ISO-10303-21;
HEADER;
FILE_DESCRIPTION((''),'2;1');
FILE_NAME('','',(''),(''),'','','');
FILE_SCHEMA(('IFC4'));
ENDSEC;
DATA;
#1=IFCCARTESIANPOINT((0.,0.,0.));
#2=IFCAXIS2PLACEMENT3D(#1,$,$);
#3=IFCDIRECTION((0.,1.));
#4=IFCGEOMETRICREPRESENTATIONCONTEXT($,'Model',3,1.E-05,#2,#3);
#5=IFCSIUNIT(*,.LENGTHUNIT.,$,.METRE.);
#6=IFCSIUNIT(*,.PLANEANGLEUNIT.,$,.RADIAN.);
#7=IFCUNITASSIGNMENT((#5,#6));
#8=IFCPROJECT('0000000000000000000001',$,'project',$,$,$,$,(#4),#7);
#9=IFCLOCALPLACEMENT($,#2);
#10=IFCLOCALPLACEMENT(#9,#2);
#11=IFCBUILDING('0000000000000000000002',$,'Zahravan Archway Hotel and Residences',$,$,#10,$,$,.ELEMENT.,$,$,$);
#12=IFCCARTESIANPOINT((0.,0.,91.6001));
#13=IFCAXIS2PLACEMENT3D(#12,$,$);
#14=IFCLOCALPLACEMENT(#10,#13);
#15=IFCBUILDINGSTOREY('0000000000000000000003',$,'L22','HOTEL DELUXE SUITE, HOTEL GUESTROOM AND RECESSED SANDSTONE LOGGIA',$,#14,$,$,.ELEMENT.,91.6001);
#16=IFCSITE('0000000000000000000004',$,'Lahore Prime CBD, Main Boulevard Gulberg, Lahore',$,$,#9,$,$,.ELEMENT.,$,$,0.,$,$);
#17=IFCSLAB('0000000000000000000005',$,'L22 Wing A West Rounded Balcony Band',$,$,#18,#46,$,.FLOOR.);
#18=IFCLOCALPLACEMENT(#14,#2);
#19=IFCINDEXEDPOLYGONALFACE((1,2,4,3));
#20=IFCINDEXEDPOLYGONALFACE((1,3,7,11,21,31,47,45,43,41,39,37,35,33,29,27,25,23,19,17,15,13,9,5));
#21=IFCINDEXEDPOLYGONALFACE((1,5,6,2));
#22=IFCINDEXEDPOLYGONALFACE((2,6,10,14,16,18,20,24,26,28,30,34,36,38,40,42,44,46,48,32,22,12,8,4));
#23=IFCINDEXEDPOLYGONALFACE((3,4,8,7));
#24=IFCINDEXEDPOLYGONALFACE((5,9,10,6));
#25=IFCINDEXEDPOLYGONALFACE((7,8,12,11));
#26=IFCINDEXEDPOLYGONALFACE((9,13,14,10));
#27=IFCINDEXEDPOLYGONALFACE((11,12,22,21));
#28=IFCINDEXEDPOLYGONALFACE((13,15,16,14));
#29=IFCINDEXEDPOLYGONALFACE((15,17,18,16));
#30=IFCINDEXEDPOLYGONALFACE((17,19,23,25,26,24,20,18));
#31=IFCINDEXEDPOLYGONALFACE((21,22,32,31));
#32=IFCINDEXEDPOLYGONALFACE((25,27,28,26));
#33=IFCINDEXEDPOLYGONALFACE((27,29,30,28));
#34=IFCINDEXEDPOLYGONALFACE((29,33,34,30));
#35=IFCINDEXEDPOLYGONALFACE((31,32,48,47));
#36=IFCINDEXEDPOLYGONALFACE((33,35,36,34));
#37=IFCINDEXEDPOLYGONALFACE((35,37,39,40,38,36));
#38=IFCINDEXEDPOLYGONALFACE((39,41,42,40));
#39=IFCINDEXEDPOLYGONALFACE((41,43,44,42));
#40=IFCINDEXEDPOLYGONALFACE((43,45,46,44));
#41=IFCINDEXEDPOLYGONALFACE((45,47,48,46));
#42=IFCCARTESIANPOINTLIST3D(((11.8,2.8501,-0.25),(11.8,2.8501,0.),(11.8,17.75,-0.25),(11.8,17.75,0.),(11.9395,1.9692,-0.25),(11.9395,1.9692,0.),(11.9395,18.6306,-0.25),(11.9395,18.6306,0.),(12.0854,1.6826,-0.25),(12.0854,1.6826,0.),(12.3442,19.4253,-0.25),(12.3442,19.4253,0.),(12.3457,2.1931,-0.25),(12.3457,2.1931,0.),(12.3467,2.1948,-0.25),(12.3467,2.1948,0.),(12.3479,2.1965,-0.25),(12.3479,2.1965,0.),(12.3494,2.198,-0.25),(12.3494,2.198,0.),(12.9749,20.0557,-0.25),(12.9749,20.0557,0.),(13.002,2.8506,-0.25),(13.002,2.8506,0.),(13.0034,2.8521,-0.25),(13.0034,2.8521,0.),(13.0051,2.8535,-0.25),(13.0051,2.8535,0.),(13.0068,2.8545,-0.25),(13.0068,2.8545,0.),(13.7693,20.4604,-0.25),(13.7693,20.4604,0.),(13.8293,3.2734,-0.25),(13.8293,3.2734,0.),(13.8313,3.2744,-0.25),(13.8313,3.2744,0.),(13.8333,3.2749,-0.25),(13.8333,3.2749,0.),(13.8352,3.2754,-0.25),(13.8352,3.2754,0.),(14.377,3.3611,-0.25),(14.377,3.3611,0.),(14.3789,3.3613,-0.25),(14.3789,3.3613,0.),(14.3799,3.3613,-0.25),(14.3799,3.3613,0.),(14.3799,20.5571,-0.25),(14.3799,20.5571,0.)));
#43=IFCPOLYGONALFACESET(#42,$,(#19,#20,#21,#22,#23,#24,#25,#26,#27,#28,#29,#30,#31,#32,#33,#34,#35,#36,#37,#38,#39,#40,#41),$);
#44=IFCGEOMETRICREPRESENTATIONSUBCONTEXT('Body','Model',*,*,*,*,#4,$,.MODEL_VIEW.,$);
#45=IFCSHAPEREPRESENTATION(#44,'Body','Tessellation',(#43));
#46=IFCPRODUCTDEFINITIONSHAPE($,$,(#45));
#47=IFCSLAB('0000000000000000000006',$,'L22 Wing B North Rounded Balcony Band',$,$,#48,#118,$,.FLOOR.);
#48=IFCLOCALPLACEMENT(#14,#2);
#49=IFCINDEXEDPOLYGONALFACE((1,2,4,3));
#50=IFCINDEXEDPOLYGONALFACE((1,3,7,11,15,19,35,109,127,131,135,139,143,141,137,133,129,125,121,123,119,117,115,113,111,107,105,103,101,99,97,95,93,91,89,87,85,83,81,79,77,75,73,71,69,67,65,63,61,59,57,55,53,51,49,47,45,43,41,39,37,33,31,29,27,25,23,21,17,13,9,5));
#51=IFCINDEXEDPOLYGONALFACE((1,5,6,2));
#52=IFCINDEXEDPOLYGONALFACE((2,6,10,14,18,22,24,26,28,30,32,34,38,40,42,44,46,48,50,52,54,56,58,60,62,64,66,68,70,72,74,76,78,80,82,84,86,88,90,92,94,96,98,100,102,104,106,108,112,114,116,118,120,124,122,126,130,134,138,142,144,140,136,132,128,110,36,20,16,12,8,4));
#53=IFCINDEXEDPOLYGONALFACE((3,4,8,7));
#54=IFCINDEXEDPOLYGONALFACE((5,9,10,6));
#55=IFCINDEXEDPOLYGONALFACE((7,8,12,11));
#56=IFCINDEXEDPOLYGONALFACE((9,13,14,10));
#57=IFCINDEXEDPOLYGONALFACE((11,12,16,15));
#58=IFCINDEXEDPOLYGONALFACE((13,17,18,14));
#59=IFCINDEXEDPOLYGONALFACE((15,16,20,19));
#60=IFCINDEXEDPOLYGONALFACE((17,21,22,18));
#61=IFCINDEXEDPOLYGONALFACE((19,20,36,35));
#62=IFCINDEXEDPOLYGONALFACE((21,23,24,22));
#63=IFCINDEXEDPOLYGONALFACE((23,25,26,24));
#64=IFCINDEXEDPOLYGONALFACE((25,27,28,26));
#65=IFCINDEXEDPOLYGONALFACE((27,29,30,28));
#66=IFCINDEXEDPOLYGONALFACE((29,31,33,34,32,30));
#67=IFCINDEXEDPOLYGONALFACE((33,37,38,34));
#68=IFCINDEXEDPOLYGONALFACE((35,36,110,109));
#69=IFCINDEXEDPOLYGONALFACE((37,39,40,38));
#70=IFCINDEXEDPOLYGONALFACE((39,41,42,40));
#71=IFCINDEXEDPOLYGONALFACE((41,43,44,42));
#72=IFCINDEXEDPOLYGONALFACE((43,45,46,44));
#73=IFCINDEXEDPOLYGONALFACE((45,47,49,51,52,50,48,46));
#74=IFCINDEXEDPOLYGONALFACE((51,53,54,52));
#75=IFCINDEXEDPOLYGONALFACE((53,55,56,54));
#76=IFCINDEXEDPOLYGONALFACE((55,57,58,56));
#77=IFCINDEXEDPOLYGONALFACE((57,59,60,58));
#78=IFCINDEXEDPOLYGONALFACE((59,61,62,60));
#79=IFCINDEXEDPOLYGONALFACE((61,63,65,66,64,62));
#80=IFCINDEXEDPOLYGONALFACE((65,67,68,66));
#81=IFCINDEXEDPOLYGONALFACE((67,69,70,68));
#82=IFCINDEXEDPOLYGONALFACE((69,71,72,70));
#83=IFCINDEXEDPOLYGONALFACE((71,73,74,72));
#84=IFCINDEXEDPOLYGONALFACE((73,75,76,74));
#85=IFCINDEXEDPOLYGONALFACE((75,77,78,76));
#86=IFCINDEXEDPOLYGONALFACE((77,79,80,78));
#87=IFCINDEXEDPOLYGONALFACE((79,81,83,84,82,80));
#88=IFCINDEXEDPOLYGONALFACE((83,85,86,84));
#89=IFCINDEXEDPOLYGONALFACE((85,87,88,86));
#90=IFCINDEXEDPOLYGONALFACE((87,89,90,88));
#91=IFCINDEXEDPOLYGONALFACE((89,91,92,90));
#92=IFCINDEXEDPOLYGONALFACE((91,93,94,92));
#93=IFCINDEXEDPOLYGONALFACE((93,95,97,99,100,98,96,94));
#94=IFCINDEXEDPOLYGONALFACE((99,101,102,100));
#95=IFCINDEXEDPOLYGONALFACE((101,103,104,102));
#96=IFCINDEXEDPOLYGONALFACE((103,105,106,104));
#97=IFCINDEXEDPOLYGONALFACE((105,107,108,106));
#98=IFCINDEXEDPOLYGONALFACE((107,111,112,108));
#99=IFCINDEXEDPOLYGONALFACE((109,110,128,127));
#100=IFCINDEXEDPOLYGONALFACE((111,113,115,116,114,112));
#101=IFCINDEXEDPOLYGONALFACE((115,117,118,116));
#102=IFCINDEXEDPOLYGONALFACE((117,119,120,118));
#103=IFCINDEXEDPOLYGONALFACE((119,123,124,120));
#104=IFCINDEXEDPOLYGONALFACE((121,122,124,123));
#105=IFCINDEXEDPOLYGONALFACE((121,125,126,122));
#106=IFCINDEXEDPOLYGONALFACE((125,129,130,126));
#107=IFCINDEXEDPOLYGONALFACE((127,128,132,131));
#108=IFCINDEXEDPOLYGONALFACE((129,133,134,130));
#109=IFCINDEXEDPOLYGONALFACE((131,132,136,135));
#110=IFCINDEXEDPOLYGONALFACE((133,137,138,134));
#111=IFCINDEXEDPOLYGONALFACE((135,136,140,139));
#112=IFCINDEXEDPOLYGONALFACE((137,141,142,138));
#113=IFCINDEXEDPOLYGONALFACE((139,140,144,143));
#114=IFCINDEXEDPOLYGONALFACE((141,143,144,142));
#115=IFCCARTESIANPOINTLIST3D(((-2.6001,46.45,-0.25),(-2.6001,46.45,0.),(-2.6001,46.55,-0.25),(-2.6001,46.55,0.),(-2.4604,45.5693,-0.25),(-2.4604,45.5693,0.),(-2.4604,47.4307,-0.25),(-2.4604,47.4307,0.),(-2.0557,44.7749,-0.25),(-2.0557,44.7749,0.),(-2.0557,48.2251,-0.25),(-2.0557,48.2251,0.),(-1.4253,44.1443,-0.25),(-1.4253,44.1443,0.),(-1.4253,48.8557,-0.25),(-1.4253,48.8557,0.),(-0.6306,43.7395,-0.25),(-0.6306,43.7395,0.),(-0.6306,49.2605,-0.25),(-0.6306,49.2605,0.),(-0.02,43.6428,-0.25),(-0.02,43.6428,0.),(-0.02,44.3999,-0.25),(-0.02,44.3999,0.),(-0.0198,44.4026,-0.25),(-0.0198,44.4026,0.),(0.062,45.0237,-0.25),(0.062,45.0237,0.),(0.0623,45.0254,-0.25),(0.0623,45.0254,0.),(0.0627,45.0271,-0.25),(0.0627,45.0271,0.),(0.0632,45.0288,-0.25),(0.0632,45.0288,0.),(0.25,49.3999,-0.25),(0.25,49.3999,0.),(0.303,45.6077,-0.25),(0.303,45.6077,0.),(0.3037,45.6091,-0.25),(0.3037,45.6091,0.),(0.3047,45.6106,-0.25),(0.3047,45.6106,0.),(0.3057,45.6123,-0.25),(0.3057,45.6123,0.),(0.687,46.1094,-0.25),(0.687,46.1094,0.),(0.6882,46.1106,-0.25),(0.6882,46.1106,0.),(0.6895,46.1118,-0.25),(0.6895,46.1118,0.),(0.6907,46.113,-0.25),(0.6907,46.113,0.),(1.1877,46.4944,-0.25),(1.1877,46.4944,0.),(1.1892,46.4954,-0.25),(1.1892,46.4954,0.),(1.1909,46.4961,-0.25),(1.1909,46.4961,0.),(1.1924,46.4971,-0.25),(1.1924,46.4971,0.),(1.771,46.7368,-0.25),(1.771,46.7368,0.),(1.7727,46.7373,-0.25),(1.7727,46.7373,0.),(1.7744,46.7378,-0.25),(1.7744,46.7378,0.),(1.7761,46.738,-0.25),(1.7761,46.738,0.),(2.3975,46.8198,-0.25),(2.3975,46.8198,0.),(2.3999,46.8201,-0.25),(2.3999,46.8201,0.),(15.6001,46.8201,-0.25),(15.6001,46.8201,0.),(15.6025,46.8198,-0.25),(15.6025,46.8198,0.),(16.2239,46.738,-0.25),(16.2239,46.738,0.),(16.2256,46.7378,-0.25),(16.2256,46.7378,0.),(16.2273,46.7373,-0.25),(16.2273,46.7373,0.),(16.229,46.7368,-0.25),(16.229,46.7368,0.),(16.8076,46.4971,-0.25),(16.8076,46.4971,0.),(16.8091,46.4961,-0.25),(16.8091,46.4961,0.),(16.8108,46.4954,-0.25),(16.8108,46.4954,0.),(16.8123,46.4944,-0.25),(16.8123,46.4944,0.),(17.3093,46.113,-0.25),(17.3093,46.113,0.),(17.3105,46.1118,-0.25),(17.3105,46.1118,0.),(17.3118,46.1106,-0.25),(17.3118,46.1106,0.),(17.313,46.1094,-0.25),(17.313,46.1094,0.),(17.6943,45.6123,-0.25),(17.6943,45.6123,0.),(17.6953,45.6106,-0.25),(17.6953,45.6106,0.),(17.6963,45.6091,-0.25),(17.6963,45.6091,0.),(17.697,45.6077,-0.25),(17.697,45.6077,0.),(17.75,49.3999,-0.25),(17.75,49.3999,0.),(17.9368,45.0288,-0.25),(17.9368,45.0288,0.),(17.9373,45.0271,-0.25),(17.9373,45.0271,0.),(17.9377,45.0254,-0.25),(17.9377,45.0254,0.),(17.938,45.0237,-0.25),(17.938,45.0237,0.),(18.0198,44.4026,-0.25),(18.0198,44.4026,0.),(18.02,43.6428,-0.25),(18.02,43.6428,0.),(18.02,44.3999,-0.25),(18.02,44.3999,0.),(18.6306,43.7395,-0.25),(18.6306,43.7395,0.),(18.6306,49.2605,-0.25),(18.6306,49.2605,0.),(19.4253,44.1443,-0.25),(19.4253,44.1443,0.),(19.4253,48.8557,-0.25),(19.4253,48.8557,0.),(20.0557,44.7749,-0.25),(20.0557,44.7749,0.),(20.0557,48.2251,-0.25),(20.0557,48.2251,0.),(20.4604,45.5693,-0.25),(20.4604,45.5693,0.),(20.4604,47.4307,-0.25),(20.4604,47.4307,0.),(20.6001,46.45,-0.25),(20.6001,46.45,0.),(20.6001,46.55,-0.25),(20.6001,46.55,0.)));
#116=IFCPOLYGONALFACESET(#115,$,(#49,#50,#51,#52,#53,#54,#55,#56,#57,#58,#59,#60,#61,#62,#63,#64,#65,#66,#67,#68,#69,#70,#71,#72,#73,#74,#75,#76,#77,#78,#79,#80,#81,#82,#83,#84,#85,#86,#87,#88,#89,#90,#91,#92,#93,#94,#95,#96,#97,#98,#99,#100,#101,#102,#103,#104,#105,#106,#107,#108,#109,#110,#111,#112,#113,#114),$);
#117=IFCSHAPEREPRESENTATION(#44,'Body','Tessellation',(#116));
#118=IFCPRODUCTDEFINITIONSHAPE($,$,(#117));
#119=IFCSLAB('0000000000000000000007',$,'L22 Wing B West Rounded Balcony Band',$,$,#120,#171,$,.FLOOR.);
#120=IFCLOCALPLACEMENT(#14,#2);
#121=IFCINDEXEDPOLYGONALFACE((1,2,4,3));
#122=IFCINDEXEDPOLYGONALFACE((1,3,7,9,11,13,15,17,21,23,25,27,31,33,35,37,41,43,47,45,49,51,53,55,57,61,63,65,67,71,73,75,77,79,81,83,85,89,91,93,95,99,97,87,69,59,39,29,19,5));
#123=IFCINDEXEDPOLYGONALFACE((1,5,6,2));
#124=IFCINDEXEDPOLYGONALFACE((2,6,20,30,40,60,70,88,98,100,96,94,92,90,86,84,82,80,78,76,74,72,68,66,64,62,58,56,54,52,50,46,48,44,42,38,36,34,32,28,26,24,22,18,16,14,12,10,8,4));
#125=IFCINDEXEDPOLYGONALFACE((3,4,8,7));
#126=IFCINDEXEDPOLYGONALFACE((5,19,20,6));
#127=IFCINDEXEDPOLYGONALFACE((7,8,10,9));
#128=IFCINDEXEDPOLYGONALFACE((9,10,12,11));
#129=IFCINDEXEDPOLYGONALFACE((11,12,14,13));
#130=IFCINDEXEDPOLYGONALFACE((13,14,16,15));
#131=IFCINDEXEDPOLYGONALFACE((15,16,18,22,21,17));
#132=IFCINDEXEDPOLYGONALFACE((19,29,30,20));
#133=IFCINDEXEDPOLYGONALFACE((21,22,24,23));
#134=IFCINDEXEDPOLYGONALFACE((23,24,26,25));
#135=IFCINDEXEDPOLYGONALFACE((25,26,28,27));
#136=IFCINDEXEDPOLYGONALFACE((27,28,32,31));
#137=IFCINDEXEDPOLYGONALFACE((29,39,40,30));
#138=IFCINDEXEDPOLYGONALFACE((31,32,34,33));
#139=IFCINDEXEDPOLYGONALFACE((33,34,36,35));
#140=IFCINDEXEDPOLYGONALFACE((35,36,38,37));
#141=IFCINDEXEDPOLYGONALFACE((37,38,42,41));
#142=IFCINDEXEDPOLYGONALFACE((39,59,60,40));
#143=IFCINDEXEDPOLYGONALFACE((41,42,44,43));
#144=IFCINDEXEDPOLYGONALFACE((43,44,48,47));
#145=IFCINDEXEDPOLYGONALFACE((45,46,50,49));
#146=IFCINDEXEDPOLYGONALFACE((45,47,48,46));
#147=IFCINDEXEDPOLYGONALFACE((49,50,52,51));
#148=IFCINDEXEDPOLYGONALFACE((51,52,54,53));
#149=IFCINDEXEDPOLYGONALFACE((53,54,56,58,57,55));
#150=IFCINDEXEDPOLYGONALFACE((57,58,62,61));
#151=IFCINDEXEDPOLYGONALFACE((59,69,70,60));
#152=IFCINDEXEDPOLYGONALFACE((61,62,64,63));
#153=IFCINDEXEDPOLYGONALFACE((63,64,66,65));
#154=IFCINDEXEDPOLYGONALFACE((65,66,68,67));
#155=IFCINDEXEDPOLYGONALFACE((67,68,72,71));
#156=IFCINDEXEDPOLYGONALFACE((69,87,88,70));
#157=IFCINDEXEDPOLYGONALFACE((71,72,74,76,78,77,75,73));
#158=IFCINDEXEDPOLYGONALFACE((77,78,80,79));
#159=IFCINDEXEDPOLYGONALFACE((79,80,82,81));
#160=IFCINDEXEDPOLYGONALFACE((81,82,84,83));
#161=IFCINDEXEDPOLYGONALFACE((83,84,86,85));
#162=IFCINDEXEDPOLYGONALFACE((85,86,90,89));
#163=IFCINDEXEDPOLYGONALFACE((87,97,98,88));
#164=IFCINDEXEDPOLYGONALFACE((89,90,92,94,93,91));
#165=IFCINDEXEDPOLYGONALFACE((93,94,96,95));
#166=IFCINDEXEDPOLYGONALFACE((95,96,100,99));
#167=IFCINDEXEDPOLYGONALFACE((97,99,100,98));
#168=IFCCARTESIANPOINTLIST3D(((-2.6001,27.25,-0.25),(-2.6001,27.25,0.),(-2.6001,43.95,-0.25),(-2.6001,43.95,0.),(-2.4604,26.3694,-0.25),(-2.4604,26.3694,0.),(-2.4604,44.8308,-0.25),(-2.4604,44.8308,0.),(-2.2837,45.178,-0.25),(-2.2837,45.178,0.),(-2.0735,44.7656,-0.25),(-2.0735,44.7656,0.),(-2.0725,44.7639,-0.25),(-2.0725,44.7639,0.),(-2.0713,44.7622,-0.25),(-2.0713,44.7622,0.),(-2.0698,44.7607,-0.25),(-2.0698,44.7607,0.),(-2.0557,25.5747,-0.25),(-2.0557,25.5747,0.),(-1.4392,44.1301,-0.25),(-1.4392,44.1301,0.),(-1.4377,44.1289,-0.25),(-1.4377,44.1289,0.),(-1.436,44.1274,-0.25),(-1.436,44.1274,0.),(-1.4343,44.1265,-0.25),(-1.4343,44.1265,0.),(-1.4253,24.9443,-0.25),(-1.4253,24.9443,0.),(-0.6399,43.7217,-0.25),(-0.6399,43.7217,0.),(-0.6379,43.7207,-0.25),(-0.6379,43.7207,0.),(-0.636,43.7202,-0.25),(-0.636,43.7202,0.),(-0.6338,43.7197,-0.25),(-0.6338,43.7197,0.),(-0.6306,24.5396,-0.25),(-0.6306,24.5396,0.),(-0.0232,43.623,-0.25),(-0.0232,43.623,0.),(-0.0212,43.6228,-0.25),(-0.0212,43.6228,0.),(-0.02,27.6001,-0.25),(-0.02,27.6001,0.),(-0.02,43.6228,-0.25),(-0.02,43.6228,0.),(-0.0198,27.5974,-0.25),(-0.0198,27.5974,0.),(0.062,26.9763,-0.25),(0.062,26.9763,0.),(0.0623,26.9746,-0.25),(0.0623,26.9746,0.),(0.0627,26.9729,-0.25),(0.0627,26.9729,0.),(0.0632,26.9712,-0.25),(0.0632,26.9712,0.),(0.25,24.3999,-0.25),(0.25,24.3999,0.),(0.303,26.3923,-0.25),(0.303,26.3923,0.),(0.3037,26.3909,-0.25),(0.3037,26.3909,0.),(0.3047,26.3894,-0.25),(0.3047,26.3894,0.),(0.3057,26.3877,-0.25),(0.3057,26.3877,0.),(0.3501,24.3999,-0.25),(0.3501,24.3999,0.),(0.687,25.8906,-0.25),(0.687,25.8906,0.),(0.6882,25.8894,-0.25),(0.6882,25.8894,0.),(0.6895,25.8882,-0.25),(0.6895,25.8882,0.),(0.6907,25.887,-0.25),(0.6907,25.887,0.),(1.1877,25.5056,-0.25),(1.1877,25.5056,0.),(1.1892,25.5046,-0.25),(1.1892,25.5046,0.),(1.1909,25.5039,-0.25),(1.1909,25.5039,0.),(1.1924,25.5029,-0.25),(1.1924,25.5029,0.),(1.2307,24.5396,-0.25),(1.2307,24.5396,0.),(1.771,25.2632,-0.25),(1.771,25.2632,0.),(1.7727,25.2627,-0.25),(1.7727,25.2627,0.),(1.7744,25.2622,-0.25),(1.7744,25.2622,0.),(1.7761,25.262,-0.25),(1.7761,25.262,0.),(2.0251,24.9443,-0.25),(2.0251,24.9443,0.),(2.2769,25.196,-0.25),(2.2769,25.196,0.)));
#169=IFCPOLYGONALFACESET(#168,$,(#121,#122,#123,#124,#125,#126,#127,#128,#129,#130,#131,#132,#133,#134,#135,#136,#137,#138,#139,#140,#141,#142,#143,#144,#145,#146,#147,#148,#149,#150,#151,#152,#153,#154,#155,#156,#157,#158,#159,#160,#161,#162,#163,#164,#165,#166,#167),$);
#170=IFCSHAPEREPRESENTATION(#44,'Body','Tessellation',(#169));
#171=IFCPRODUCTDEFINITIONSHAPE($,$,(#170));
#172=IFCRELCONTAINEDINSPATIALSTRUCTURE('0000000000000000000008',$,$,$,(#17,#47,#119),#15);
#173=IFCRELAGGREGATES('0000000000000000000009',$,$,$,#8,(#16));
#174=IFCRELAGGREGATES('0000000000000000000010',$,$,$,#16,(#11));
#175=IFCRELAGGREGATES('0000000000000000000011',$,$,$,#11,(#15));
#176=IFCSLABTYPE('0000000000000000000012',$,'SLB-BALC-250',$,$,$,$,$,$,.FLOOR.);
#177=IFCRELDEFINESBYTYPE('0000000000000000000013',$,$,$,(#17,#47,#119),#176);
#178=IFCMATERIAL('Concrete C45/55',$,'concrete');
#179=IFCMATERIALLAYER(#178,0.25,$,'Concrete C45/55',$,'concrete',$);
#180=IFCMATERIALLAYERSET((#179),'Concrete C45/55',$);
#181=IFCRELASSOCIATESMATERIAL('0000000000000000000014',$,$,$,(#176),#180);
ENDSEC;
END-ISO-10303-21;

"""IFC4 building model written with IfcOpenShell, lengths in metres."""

from ifc_helpers import new_model, si_unit, direction, frame, origin, place, context, subcontext, project, spatial, polyline, outline, extrude, material, layer, layer_set, type_object, element, save


model = new_model("IFC4")

# Units and contexts
model_context = context("Model", 3, precision=1e-05, world=origin(), true_north=direction((0.0, 1.0)))
body_context = subcontext(model_context, "Body", "Model", "MODEL_VIEW")
ifc_project = project(units=[si_unit("LENGTHUNIT", "METRE"), si_unit("PLANEANGLEUNIT", "RADIAN")], contexts=[model_context])

# Site, building, storey
site_placement = place(None, origin())
site = spatial("IfcSite", under=ifc_project, at=site_placement, Name="Lahore Prime CBD, Main Boulevard Gulberg, Lahore", CompositionType="ELEMENT", RefElevation=0.0)
building_placement = place(site_placement, origin())
building = spatial("IfcBuilding", under=site, at=building_placement, Name="Zahravan Archway Hotel and Residences", CompositionType="ELEMENT")
storey_placement = place(building_placement, frame((0.0, 0.0, 91.6001)))
storey = spatial("IfcBuildingStorey", under=building, at=storey_placement, Name="L22", Description="HOTEL DELUXE SUITE, HOTEL GUESTROOM AND RECESSED SANDSTONE LOGGIA", CompositionType="ELEMENT", Elevation=91.6001)

# Slabs
ifc_material_1 = material(Name="Concrete C45/55", Category="concrete")
ifc_layer_1 = layer(ifc_material_1, 0.25, Name="Concrete C45/55", Category="concrete")
ifc_layer_set_1 = layer_set([ifc_layer_1], Name="Concrete C45/55")
slab_type_1 = type_object("IfcSlabType", Name="SLB-BALC-250", PredefinedType="FLOOR", material=ifc_layer_set_1)
slab_1_placement = place(storey_placement, frame((0.0, 0.0, -0.25)))
element("IfcSlab", 1, at=slab_1_placement, inside=storey, type_object=slab_type_1, Name="L22 Wing A West Rounded Balcony Band", PredefinedType="FLOOR", context=body_context, shape_type="SweptSolid", body=[
    extrude(outline(polyline([(11.9395, 1.9692), (11.8, 2.8501), (11.8, 17.75), (11.9395, 18.6306), (12.3442, 19.4253), (12.9749, 20.0557), (13.7693, 20.4604), (14.3799, 20.5571), (14.3799, 3.3613), (14.3789, 3.3613), (14.377, 3.3611), (13.8352, 3.2754), (13.8333, 3.2749), (13.8313, 3.2744), (13.8293, 3.2734), (13.0068, 2.8545), (13.0051, 2.8535), (13.0034, 2.8521), (13.002, 2.8506), (12.3494, 2.198), (12.3479, 2.1965), (12.3467, 2.1948), (12.3457, 2.1931), (12.0854, 1.6826), (11.9395, 1.9692)])), origin(), (0.0, 0.0, 1.0), 0.25),
])
slab_2_placement = place(storey_placement, frame((0.0, 0.0, -0.25)))
element("IfcSlab", 2, at=slab_2_placement, inside=storey, type_object=slab_type_1, Name="L22 Wing B North Rounded Balcony Band", PredefinedType="FLOOR", context=body_context, shape_type="SweptSolid", body=[
    extrude(outline(polyline([(-0.6306, 43.7395), (-1.4253, 44.1443), (-2.0557, 44.7749), (-2.4604, 45.5693), (-2.6001, 46.45), (-2.6001, 46.55), (-2.4604, 47.4307), (-2.0557, 48.2251), (-1.4253, 48.8557), (-0.6306, 49.2605), (0.25, 49.3999), (17.75, 49.3999), (18.6306, 49.2605), (19.4253, 48.8557), (20.0557, 48.2251), (20.4604, 47.4307), (20.6001, 46.55), (20.6001, 46.45), (20.4604, 45.5693), (20.0557, 44.7749), (19.4253, 44.1443), (18.6306, 43.7395), (18.02, 43.6428), (18.02, 44.3999), (18.0198, 44.4026), (17.938, 45.0237), (17.9377, 45.0254), (17.9373, 45.0271), (17.9368, 45.0288), (17.697, 45.6077), (17.6963, 45.6091), (17.6953, 45.6106), (17.6943, 45.6123), (17.313, 46.1094), (17.3118, 46.1106), (17.3105, 46.1118), (17.3093, 46.113), (16.8123, 46.4944), (16.8108, 46.4954), (16.8091, 46.4961), (16.8076, 46.4971), (16.229, 46.7368), (16.2273, 46.7373), (16.2256, 46.7378), (16.2239, 46.738), (15.6025, 46.8198), (15.6001, 46.8201), (2.3999, 46.8201), (2.3975, 46.8198), (1.7761, 46.738), (1.7744, 46.7378), (1.7727, 46.7373), (1.771, 46.7368), (1.1924, 46.4971), (1.1909, 46.4961), (1.1892, 46.4954), (1.1877, 46.4944), (0.6907, 46.113), (0.6895, 46.1118), (0.6882, 46.1106), (0.687, 46.1094), (0.3057, 45.6123), (0.3047, 45.6106), (0.3037, 45.6091), (0.303, 45.6077), (0.0632, 45.0288), (0.0627, 45.0271), (0.0623, 45.0254), (0.062, 45.0237), (-0.0198, 44.4026), (-0.02, 44.3999), (-0.02, 43.6428), (-0.6306, 43.7395)])), origin(), (0.0, 0.0, 1.0), 0.25),
])
slab_3_placement = place(storey_placement, frame((0.0, 0.0, -0.25)))
element("IfcSlab", 3, at=slab_3_placement, inside=storey, type_object=slab_type_1, Name="L22 Wing B West Rounded Balcony Band", PredefinedType="FLOOR", context=body_context, shape_type="SweptSolid", body=[
    extrude(outline(polyline([(2.0251, 24.9443), (1.2307, 24.5396), (0.3501, 24.3999), (0.25, 24.3999), (-0.6306, 24.5396), (-1.4253, 24.9443), (-2.0557, 25.5747), (-2.4604, 26.3694), (-2.6001, 27.25), (-2.6001, 43.95), (-2.4604, 44.8308), (-2.2837, 45.178), (-2.0735, 44.7656), (-2.0725, 44.7639), (-2.0713, 44.7622), (-2.0698, 44.7607), (-1.4392, 44.1301), (-1.4377, 44.1289), (-1.436, 44.1274), (-1.4343, 44.1265), (-0.6399, 43.7217), (-0.6379, 43.7207), (-0.636, 43.7202), (-0.6338, 43.7197), (-0.0232, 43.623), (-0.0212, 43.6228), (-0.02, 43.6228), (-0.02, 27.6001), (-0.0198, 27.5974), (0.062, 26.9763), (0.0623, 26.9746), (0.0627, 26.9729), (0.0632, 26.9712), (0.303, 26.3923), (0.3037, 26.3909), (0.3047, 26.3894), (0.3057, 26.3877), (0.687, 25.8906), (0.6882, 25.8894), (0.6895, 25.8882), (0.6907, 25.887), (1.1877, 25.5056), (1.1892, 25.5046), (1.1909, 25.5039), (1.1924, 25.5029), (1.771, 25.2632), (1.7727, 25.2627), (1.7744, 25.2622), (1.7761, 25.262), (2.2769, 25.196), (2.0251, 24.9443)])), origin(), (0.0, 0.0, 1.0), 0.25),
])

save(model, "model.ifc")
